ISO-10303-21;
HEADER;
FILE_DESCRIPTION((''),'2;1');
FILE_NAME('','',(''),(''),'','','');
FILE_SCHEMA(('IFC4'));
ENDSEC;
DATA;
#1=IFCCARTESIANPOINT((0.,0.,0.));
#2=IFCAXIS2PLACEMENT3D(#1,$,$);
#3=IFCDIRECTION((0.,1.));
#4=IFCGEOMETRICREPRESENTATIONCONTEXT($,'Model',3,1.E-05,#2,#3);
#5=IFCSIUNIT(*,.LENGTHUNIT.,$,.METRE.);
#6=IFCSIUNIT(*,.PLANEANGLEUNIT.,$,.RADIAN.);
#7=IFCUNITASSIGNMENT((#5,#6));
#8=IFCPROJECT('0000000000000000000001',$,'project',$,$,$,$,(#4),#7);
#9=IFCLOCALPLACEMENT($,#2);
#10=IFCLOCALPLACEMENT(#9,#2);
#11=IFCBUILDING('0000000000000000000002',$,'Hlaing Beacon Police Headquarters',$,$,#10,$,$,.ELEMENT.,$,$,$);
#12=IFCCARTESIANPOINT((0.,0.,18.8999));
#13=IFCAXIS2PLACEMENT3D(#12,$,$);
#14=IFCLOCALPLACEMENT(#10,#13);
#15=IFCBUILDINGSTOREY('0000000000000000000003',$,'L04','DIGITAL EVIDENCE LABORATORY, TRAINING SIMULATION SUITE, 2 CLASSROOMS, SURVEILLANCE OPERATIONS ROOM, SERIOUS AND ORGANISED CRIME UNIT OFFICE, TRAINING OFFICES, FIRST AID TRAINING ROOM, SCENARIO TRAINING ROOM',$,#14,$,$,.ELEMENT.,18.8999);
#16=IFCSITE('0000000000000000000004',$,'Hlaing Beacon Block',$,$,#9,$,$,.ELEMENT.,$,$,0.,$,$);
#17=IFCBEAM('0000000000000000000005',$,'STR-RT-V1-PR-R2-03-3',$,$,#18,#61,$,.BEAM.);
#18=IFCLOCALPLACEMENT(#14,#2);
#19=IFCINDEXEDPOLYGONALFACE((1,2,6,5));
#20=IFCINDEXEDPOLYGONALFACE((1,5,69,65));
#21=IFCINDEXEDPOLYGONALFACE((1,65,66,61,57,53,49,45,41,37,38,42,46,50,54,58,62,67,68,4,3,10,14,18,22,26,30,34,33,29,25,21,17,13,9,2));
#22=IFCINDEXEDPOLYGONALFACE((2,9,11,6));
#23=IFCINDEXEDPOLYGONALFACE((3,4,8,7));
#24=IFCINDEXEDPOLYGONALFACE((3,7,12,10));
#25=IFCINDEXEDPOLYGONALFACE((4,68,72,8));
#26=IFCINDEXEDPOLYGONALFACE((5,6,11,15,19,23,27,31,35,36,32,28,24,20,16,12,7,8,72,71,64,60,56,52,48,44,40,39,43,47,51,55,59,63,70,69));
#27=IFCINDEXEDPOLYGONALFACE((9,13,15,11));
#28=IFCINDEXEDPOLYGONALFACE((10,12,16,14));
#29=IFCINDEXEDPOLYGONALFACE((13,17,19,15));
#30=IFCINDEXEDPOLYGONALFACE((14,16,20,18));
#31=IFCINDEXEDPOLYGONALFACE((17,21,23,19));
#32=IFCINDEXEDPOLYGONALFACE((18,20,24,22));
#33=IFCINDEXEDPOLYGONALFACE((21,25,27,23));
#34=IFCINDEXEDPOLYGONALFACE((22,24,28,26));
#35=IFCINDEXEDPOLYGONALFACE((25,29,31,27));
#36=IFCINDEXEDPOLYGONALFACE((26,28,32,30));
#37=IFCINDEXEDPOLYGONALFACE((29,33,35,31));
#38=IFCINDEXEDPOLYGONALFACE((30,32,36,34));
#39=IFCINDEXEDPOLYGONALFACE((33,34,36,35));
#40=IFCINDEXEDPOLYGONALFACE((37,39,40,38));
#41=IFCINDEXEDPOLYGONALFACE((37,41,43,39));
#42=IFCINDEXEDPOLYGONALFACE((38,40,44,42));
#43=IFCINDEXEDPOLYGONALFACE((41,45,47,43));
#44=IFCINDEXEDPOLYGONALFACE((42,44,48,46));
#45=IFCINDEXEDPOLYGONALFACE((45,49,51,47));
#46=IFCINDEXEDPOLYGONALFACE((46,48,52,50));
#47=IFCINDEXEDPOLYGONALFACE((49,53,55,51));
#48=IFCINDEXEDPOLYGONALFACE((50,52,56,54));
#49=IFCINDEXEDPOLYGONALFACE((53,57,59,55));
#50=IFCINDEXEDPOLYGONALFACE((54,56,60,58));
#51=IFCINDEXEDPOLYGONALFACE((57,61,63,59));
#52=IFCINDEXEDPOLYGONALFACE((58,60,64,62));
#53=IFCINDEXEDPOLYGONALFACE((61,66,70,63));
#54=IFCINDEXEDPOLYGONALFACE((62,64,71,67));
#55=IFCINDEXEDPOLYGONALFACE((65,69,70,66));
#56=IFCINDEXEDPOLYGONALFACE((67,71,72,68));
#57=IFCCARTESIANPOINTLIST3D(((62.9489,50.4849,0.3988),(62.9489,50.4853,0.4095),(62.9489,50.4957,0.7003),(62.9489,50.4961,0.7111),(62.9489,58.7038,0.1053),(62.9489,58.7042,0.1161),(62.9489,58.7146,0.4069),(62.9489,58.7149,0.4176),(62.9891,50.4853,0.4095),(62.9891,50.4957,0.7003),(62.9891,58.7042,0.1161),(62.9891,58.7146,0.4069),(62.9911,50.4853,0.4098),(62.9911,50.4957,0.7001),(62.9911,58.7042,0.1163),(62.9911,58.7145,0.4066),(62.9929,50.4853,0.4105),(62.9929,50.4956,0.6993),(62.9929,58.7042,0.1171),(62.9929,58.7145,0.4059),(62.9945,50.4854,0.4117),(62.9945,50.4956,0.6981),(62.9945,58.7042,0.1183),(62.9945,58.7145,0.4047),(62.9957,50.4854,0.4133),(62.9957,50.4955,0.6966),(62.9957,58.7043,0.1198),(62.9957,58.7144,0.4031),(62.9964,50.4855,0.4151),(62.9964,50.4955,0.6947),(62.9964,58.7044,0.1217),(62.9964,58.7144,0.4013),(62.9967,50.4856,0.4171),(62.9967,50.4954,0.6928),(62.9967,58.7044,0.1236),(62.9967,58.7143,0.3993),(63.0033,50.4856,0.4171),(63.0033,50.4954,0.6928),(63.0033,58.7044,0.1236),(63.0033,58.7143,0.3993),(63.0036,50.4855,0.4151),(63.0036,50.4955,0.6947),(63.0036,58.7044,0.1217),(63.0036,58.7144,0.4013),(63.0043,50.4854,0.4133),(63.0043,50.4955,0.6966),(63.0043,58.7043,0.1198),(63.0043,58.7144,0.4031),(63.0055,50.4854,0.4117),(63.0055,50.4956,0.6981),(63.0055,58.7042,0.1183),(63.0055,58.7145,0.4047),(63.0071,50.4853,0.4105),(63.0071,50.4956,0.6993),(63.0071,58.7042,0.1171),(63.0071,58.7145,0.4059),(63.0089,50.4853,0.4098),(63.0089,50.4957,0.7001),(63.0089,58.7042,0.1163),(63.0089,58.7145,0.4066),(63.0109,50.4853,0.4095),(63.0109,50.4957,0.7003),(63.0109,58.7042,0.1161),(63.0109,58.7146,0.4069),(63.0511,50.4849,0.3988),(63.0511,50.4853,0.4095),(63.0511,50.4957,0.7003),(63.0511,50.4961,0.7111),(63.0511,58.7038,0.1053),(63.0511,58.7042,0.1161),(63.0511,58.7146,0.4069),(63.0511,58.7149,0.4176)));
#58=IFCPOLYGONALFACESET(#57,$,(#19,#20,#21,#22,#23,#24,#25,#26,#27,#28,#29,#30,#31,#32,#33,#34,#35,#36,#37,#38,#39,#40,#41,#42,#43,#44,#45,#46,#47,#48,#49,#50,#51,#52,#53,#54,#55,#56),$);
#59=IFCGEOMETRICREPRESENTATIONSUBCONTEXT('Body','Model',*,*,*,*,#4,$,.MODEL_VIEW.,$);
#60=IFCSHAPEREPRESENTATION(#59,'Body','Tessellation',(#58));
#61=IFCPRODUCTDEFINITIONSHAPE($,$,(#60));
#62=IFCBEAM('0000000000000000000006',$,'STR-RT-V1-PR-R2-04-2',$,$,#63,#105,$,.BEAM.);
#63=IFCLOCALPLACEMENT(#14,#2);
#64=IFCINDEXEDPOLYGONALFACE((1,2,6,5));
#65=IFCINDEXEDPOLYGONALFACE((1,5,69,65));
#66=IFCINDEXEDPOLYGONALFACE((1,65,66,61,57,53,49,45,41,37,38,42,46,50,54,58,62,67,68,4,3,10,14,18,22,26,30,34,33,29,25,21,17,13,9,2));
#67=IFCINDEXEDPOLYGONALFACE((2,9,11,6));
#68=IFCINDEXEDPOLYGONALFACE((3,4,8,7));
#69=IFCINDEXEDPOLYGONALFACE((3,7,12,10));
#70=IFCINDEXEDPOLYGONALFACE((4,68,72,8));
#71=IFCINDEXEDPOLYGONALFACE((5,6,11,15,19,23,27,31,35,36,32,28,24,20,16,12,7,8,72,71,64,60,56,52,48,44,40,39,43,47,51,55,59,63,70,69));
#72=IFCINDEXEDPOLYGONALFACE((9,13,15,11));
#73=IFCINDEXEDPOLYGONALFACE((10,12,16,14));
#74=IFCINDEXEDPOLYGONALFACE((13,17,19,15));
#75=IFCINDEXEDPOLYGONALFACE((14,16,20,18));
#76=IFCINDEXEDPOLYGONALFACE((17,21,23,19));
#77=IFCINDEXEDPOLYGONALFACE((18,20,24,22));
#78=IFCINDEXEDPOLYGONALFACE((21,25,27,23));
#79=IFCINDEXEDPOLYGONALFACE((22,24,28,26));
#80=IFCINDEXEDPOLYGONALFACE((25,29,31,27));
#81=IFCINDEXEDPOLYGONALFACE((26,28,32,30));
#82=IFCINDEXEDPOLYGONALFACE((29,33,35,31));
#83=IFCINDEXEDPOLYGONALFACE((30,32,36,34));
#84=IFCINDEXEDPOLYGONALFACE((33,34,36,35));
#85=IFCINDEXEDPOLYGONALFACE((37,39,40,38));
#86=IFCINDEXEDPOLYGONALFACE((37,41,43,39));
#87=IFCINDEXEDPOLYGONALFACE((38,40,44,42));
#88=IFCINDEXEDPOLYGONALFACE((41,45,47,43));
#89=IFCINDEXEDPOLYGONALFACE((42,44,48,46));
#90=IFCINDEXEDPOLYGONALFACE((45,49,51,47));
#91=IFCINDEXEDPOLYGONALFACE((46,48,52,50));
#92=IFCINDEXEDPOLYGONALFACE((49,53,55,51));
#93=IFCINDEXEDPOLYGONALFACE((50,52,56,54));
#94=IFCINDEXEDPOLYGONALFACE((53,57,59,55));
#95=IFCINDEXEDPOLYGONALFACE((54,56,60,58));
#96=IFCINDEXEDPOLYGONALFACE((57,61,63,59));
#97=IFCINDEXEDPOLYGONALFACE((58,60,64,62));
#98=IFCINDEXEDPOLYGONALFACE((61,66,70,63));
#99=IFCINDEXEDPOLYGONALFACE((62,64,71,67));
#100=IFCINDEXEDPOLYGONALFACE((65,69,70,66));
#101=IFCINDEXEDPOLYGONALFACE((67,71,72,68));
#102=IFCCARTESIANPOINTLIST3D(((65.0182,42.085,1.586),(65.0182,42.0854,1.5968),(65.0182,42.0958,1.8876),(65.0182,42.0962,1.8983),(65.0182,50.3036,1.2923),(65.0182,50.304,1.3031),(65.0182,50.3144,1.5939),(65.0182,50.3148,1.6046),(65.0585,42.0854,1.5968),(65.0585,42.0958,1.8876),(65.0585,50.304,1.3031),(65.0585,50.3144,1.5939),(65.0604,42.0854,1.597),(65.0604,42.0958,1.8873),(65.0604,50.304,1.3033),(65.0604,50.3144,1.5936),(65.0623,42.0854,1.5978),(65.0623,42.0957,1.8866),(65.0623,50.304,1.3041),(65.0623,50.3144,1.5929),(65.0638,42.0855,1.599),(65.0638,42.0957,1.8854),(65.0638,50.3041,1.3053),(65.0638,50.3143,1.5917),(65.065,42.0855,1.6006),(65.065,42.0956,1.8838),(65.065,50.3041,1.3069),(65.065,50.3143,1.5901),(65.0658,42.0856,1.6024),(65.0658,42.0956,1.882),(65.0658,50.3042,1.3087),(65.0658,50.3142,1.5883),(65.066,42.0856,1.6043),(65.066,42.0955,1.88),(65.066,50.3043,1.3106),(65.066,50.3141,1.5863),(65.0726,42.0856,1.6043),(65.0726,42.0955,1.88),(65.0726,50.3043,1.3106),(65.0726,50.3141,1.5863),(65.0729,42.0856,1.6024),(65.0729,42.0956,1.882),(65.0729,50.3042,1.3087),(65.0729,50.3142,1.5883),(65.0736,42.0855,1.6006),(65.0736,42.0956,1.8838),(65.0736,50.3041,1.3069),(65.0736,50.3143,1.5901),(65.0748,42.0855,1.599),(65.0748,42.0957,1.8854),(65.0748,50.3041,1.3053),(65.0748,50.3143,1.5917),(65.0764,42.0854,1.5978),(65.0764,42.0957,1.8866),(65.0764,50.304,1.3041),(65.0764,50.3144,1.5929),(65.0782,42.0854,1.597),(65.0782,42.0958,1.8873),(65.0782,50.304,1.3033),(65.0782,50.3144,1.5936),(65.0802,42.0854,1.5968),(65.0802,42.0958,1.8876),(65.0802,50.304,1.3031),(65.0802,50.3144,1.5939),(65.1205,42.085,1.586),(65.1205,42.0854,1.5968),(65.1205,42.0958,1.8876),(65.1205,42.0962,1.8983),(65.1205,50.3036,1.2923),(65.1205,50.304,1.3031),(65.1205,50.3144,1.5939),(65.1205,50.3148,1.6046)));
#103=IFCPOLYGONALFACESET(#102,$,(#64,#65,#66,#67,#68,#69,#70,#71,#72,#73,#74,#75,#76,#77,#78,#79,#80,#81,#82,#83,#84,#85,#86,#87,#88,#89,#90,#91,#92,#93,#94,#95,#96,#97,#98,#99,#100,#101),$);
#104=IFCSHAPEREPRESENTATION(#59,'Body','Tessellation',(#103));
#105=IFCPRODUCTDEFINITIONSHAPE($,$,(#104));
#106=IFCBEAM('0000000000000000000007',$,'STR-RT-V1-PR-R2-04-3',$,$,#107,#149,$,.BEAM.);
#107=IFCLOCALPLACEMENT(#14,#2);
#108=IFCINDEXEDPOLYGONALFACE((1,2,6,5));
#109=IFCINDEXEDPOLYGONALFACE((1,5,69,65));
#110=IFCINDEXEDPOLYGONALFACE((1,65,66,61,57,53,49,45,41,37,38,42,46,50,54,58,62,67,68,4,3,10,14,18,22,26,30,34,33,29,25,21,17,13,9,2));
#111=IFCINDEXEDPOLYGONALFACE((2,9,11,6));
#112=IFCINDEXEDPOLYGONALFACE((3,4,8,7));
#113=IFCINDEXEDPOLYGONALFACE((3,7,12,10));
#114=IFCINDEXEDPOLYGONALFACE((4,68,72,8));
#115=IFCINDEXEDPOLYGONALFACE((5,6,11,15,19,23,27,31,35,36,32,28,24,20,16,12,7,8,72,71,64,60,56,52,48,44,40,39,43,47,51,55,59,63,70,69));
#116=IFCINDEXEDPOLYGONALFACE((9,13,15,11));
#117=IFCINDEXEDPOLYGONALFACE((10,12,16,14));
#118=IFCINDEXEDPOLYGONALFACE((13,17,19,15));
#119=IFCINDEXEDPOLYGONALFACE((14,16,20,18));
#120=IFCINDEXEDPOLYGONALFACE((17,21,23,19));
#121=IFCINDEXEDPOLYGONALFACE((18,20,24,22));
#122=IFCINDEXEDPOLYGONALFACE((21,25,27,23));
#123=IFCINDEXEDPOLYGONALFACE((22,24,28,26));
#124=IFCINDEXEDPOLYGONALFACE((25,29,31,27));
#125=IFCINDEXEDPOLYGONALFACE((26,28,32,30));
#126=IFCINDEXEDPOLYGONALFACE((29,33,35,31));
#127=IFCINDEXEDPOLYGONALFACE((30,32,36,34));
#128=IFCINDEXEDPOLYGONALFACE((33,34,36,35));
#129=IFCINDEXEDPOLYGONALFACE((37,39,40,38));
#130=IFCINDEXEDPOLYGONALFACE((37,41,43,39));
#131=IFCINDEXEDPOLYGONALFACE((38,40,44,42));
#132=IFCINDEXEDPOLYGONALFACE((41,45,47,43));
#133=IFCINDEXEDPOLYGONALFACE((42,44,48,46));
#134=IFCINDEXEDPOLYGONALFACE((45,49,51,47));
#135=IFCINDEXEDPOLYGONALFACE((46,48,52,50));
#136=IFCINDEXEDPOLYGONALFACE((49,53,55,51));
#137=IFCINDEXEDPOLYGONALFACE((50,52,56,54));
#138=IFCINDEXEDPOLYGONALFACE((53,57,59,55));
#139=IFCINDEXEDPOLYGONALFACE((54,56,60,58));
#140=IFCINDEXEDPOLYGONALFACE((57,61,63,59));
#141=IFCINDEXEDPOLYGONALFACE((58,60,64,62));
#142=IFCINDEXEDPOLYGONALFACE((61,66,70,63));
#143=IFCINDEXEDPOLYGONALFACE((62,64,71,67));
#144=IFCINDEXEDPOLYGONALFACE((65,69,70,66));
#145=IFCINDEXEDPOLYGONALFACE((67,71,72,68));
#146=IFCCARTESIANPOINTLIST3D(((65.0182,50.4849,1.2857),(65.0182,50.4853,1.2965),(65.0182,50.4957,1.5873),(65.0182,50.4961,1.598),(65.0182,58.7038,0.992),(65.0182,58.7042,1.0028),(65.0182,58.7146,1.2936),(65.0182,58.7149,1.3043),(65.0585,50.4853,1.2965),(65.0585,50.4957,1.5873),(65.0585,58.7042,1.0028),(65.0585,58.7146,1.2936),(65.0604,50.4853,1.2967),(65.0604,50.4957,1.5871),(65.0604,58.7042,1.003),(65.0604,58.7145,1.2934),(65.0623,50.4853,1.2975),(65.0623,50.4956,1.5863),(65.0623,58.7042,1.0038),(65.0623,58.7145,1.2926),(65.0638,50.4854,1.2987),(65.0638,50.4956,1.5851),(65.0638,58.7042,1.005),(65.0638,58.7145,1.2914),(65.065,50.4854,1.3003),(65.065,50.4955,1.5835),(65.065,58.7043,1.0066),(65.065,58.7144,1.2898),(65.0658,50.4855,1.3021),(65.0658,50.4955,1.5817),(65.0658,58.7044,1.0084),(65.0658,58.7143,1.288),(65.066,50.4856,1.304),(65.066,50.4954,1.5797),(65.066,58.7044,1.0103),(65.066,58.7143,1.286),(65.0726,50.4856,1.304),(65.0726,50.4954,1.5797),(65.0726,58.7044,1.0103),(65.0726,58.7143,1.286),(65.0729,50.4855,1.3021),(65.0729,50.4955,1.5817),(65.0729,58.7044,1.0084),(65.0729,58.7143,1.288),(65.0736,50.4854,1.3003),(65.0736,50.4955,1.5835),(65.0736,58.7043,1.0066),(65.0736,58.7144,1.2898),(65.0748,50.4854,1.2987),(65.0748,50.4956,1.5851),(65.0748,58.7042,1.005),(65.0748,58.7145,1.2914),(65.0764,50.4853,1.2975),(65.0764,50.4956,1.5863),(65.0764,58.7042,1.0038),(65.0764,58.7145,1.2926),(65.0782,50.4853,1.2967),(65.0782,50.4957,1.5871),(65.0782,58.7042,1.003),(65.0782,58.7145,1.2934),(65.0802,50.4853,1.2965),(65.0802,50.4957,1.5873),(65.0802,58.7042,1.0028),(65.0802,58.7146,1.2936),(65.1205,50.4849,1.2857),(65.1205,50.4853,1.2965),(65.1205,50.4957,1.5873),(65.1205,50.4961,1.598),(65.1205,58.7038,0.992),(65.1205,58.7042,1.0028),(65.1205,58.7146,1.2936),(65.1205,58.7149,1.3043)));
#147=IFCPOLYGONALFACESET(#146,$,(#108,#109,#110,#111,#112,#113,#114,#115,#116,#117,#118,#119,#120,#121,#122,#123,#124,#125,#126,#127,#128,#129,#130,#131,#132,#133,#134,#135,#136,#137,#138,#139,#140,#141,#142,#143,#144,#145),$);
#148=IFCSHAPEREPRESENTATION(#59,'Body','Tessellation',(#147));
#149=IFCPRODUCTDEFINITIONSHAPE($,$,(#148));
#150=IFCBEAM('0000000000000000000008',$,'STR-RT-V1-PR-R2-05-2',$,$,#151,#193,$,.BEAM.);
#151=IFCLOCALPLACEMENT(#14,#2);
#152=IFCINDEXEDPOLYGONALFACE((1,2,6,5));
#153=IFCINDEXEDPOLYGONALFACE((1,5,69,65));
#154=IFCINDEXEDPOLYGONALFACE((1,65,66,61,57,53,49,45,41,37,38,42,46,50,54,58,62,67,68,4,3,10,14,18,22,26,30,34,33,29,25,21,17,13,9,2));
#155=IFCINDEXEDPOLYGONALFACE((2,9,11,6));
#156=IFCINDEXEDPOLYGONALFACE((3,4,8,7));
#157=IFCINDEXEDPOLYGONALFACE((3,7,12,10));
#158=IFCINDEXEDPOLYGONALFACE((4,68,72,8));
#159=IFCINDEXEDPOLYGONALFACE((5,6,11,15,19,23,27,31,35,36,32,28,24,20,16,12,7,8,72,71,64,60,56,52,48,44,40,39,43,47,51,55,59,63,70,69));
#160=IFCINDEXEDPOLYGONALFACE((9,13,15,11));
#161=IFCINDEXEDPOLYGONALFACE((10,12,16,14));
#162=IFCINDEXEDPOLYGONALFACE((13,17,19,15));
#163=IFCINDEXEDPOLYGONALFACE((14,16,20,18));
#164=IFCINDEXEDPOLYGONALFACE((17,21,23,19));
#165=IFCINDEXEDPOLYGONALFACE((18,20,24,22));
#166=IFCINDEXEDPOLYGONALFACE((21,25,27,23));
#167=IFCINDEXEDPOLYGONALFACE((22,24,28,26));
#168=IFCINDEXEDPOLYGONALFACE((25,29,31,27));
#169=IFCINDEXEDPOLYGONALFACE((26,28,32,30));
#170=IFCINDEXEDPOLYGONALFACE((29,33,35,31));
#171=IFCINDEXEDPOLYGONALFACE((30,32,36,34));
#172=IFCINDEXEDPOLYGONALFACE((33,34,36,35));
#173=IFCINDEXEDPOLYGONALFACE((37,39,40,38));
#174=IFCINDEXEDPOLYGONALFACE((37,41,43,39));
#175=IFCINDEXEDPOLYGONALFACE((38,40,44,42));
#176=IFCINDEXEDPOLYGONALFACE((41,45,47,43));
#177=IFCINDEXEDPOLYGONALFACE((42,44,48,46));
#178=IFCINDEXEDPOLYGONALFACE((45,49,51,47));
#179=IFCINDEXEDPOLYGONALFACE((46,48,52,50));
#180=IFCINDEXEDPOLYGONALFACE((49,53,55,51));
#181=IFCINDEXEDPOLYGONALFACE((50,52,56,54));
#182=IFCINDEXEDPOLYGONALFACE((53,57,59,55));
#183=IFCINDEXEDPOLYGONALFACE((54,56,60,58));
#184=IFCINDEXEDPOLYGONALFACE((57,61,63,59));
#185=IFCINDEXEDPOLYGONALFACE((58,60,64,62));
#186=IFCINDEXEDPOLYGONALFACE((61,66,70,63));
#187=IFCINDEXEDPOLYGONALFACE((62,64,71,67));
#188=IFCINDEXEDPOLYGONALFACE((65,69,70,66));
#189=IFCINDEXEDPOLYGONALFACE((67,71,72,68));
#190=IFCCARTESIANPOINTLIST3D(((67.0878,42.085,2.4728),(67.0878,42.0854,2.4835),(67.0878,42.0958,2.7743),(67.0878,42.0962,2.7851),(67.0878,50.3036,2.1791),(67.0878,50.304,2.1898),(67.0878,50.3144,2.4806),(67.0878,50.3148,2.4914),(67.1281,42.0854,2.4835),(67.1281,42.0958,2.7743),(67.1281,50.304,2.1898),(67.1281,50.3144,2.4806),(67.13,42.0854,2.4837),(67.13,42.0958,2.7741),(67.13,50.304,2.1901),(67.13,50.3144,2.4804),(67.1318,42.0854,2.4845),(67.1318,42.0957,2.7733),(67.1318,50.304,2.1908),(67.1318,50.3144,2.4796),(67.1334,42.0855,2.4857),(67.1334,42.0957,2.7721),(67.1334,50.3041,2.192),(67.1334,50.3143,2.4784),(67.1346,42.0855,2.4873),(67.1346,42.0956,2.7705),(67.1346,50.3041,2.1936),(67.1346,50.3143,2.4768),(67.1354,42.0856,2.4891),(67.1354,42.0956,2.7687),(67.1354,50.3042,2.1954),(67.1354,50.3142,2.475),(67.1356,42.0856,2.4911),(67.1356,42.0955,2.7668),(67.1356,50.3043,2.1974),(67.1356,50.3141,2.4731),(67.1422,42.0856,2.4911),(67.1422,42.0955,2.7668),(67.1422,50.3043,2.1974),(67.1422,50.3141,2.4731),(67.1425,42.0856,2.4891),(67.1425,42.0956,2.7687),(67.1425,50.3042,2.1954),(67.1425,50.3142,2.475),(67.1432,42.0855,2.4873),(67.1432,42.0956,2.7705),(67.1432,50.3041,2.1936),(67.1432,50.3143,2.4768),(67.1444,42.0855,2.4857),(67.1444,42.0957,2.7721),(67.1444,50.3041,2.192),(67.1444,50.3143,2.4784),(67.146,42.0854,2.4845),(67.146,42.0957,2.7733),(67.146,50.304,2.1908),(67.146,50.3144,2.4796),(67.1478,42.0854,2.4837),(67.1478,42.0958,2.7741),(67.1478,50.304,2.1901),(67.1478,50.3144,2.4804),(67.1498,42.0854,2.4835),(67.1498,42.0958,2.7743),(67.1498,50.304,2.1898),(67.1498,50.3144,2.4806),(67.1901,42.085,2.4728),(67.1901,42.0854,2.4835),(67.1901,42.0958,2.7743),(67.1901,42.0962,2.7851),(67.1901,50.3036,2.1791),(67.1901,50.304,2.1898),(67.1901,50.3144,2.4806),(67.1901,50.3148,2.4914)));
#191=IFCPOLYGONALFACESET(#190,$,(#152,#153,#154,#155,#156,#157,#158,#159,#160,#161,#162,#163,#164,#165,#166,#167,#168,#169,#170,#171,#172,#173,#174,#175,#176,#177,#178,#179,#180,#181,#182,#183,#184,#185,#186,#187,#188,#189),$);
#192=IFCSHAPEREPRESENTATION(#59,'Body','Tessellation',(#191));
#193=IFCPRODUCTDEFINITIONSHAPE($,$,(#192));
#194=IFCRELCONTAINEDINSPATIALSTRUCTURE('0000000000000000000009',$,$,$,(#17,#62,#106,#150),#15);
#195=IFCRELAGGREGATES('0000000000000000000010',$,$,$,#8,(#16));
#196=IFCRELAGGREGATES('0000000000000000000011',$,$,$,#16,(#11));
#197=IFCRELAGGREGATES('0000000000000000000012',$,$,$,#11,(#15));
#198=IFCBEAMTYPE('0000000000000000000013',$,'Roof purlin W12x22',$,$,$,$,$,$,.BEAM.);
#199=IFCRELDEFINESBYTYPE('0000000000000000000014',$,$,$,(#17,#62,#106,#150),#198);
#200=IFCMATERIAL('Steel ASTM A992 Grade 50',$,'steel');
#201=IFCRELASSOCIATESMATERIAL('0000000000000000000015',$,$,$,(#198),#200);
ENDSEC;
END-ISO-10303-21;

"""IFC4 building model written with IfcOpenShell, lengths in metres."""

from ifc_helpers import new_model, si_unit, direction, frame, origin, origin_2d, place, context, subcontext, project, spatial, i_section, extrude, material, material_profile, profile_set, type_object, element, save


model = new_model("IFC4")

# Units and contexts
model_context = context("Model", 3, precision=1e-05, world=origin(), true_north=direction((0.0, 1.0)))
body_context = subcontext(model_context, "Body", "Model", "MODEL_VIEW")
ifc_project = project(units=[si_unit("LENGTHUNIT", "METRE"), si_unit("PLANEANGLEUNIT", "RADIAN")], contexts=[model_context])

# Site, building, storey
site_placement = place(None, origin())
site = spatial("IfcSite", under=ifc_project, at=site_placement, Name="Hlaing Beacon Block", CompositionType="ELEMENT", RefElevation=0.0)
building_placement = place(site_placement, origin())
building = spatial("IfcBuilding", under=site, at=building_placement, Name="Hlaing Beacon Police Headquarters", CompositionType="ELEMENT")
storey_placement = place(building_placement, frame((0.0, 0.0, 18.8999)))
storey = spatial("IfcBuildingStorey", under=building, at=storey_placement, Name="L04", Description="DIGITAL EVIDENCE LABORATORY, TRAINING SIMULATION SUITE, 2 CLASSROOMS, SURVEILLANCE OPERATIONS ROOM, SERIOUS AND ORGANISED CRIME UNIT OFFICE, TRAINING OFFICES, FIRST AID TRAINING ROOM, SCENARIO TRAINING ROOM", CompositionType="ELEMENT", Elevation=18.8999)

# Beams
ifc_material_1 = material(Name="Steel ASTM A992 Grade 50", Category="steel")
ifc_material_profile_1 = material_profile(ifc_material_1, i_section(OverallWidth=0.1023, OverallDepth=0.3125, WebThickness=0.0066, FlangeThickness=0.0107, FilletRadius=0.0076, at=origin_2d()), Name="W12x22")
ifc_profile_set_1 = profile_set([ifc_material_profile_1], Name="Steel ASTM A992 Grade 50")
beam_type_1 = type_object("IfcBeamType", Name="Roof purlin W12x22", PredefinedType="BEAM", material=ifc_profile_set_1)
beam_1_placement = place(storey_placement, frame((63.0, 50.4905, 0.5549), z_axis=(0.0, 0.999363, -0.035682), x_axis=(-1.0, 0.0, 0.0)))
element("IfcBeam", 1, at=beam_1_placement, inside=storey, type_object=beam_type_1, Name="STR-RT-V1-PR-R2-03-3", PredefinedType="BEAM", context=body_context, shape_type="SweptSolid", body=[
    extrude(i_section(OverallWidth=0.1023, OverallDepth=0.3125, WebThickness=0.0066, FlangeThickness=0.0107, FilletRadius=0.0076, at=origin_2d()), origin(), (0.0, 0.0, 1.0), 8.2241),
])
beam_2_placement = place(storey_placement, frame((65.0693, 42.0906, 1.7422), z_axis=(0.0, 0.999362, -0.035713), x_axis=(-1.0, 0.0, 0.0)))
element("IfcBeam", 2, at=beam_2_placement, inside=storey, type_object=beam_type_1, Name="STR-RT-V1-PR-R2-04-2", PredefinedType="BEAM", context=body_context, shape_type="SweptSolid", body=[
    extrude(i_section(OverallWidth=0.1023, OverallDepth=0.3125, WebThickness=0.0066, FlangeThickness=0.0107, FilletRadius=0.0076, at=origin_2d()), origin(), (0.0, 0.0, 1.0), 8.2239),
])
beam_3_placement = place(storey_placement, frame((65.0693, 50.4905, 1.4419), z_axis=(0.0, 0.999362, -0.035712), x_axis=(-1.0, 0.0, 0.0)))
element("IfcBeam", 3, at=beam_3_placement, inside=storey, type_object=beam_type_1, Name="STR-RT-V1-PR-R2-04-3", PredefinedType="BEAM", context=body_context, shape_type="SweptSolid", body=[
    extrude(i_section(OverallWidth=0.1023, OverallDepth=0.3125, WebThickness=0.0066, FlangeThickness=0.0107, FilletRadius=0.0076, at=origin_2d()), origin(), (0.0, 0.0, 1.0), 8.2241),
])
beam_4_placement = place(storey_placement, frame((67.1389, 42.0906, 2.6289), z_axis=(0.0, 0.999362, -0.035713), x_axis=(-1.0, 0.0, 0.0)))
element("IfcBeam", 4, at=beam_4_placement, inside=storey, type_object=beam_type_1, Name="STR-RT-V1-PR-R2-05-2", PredefinedType="BEAM", context=body_context, shape_type="SweptSolid", body=[
    extrude(i_section(OverallWidth=0.1023, OverallDepth=0.3125, WebThickness=0.0066, FlangeThickness=0.0107, FilletRadius=0.0076, at=origin_2d()), origin(), (0.0, 0.0, 1.0), 8.2239),
])

save(model, "model.ifc")
